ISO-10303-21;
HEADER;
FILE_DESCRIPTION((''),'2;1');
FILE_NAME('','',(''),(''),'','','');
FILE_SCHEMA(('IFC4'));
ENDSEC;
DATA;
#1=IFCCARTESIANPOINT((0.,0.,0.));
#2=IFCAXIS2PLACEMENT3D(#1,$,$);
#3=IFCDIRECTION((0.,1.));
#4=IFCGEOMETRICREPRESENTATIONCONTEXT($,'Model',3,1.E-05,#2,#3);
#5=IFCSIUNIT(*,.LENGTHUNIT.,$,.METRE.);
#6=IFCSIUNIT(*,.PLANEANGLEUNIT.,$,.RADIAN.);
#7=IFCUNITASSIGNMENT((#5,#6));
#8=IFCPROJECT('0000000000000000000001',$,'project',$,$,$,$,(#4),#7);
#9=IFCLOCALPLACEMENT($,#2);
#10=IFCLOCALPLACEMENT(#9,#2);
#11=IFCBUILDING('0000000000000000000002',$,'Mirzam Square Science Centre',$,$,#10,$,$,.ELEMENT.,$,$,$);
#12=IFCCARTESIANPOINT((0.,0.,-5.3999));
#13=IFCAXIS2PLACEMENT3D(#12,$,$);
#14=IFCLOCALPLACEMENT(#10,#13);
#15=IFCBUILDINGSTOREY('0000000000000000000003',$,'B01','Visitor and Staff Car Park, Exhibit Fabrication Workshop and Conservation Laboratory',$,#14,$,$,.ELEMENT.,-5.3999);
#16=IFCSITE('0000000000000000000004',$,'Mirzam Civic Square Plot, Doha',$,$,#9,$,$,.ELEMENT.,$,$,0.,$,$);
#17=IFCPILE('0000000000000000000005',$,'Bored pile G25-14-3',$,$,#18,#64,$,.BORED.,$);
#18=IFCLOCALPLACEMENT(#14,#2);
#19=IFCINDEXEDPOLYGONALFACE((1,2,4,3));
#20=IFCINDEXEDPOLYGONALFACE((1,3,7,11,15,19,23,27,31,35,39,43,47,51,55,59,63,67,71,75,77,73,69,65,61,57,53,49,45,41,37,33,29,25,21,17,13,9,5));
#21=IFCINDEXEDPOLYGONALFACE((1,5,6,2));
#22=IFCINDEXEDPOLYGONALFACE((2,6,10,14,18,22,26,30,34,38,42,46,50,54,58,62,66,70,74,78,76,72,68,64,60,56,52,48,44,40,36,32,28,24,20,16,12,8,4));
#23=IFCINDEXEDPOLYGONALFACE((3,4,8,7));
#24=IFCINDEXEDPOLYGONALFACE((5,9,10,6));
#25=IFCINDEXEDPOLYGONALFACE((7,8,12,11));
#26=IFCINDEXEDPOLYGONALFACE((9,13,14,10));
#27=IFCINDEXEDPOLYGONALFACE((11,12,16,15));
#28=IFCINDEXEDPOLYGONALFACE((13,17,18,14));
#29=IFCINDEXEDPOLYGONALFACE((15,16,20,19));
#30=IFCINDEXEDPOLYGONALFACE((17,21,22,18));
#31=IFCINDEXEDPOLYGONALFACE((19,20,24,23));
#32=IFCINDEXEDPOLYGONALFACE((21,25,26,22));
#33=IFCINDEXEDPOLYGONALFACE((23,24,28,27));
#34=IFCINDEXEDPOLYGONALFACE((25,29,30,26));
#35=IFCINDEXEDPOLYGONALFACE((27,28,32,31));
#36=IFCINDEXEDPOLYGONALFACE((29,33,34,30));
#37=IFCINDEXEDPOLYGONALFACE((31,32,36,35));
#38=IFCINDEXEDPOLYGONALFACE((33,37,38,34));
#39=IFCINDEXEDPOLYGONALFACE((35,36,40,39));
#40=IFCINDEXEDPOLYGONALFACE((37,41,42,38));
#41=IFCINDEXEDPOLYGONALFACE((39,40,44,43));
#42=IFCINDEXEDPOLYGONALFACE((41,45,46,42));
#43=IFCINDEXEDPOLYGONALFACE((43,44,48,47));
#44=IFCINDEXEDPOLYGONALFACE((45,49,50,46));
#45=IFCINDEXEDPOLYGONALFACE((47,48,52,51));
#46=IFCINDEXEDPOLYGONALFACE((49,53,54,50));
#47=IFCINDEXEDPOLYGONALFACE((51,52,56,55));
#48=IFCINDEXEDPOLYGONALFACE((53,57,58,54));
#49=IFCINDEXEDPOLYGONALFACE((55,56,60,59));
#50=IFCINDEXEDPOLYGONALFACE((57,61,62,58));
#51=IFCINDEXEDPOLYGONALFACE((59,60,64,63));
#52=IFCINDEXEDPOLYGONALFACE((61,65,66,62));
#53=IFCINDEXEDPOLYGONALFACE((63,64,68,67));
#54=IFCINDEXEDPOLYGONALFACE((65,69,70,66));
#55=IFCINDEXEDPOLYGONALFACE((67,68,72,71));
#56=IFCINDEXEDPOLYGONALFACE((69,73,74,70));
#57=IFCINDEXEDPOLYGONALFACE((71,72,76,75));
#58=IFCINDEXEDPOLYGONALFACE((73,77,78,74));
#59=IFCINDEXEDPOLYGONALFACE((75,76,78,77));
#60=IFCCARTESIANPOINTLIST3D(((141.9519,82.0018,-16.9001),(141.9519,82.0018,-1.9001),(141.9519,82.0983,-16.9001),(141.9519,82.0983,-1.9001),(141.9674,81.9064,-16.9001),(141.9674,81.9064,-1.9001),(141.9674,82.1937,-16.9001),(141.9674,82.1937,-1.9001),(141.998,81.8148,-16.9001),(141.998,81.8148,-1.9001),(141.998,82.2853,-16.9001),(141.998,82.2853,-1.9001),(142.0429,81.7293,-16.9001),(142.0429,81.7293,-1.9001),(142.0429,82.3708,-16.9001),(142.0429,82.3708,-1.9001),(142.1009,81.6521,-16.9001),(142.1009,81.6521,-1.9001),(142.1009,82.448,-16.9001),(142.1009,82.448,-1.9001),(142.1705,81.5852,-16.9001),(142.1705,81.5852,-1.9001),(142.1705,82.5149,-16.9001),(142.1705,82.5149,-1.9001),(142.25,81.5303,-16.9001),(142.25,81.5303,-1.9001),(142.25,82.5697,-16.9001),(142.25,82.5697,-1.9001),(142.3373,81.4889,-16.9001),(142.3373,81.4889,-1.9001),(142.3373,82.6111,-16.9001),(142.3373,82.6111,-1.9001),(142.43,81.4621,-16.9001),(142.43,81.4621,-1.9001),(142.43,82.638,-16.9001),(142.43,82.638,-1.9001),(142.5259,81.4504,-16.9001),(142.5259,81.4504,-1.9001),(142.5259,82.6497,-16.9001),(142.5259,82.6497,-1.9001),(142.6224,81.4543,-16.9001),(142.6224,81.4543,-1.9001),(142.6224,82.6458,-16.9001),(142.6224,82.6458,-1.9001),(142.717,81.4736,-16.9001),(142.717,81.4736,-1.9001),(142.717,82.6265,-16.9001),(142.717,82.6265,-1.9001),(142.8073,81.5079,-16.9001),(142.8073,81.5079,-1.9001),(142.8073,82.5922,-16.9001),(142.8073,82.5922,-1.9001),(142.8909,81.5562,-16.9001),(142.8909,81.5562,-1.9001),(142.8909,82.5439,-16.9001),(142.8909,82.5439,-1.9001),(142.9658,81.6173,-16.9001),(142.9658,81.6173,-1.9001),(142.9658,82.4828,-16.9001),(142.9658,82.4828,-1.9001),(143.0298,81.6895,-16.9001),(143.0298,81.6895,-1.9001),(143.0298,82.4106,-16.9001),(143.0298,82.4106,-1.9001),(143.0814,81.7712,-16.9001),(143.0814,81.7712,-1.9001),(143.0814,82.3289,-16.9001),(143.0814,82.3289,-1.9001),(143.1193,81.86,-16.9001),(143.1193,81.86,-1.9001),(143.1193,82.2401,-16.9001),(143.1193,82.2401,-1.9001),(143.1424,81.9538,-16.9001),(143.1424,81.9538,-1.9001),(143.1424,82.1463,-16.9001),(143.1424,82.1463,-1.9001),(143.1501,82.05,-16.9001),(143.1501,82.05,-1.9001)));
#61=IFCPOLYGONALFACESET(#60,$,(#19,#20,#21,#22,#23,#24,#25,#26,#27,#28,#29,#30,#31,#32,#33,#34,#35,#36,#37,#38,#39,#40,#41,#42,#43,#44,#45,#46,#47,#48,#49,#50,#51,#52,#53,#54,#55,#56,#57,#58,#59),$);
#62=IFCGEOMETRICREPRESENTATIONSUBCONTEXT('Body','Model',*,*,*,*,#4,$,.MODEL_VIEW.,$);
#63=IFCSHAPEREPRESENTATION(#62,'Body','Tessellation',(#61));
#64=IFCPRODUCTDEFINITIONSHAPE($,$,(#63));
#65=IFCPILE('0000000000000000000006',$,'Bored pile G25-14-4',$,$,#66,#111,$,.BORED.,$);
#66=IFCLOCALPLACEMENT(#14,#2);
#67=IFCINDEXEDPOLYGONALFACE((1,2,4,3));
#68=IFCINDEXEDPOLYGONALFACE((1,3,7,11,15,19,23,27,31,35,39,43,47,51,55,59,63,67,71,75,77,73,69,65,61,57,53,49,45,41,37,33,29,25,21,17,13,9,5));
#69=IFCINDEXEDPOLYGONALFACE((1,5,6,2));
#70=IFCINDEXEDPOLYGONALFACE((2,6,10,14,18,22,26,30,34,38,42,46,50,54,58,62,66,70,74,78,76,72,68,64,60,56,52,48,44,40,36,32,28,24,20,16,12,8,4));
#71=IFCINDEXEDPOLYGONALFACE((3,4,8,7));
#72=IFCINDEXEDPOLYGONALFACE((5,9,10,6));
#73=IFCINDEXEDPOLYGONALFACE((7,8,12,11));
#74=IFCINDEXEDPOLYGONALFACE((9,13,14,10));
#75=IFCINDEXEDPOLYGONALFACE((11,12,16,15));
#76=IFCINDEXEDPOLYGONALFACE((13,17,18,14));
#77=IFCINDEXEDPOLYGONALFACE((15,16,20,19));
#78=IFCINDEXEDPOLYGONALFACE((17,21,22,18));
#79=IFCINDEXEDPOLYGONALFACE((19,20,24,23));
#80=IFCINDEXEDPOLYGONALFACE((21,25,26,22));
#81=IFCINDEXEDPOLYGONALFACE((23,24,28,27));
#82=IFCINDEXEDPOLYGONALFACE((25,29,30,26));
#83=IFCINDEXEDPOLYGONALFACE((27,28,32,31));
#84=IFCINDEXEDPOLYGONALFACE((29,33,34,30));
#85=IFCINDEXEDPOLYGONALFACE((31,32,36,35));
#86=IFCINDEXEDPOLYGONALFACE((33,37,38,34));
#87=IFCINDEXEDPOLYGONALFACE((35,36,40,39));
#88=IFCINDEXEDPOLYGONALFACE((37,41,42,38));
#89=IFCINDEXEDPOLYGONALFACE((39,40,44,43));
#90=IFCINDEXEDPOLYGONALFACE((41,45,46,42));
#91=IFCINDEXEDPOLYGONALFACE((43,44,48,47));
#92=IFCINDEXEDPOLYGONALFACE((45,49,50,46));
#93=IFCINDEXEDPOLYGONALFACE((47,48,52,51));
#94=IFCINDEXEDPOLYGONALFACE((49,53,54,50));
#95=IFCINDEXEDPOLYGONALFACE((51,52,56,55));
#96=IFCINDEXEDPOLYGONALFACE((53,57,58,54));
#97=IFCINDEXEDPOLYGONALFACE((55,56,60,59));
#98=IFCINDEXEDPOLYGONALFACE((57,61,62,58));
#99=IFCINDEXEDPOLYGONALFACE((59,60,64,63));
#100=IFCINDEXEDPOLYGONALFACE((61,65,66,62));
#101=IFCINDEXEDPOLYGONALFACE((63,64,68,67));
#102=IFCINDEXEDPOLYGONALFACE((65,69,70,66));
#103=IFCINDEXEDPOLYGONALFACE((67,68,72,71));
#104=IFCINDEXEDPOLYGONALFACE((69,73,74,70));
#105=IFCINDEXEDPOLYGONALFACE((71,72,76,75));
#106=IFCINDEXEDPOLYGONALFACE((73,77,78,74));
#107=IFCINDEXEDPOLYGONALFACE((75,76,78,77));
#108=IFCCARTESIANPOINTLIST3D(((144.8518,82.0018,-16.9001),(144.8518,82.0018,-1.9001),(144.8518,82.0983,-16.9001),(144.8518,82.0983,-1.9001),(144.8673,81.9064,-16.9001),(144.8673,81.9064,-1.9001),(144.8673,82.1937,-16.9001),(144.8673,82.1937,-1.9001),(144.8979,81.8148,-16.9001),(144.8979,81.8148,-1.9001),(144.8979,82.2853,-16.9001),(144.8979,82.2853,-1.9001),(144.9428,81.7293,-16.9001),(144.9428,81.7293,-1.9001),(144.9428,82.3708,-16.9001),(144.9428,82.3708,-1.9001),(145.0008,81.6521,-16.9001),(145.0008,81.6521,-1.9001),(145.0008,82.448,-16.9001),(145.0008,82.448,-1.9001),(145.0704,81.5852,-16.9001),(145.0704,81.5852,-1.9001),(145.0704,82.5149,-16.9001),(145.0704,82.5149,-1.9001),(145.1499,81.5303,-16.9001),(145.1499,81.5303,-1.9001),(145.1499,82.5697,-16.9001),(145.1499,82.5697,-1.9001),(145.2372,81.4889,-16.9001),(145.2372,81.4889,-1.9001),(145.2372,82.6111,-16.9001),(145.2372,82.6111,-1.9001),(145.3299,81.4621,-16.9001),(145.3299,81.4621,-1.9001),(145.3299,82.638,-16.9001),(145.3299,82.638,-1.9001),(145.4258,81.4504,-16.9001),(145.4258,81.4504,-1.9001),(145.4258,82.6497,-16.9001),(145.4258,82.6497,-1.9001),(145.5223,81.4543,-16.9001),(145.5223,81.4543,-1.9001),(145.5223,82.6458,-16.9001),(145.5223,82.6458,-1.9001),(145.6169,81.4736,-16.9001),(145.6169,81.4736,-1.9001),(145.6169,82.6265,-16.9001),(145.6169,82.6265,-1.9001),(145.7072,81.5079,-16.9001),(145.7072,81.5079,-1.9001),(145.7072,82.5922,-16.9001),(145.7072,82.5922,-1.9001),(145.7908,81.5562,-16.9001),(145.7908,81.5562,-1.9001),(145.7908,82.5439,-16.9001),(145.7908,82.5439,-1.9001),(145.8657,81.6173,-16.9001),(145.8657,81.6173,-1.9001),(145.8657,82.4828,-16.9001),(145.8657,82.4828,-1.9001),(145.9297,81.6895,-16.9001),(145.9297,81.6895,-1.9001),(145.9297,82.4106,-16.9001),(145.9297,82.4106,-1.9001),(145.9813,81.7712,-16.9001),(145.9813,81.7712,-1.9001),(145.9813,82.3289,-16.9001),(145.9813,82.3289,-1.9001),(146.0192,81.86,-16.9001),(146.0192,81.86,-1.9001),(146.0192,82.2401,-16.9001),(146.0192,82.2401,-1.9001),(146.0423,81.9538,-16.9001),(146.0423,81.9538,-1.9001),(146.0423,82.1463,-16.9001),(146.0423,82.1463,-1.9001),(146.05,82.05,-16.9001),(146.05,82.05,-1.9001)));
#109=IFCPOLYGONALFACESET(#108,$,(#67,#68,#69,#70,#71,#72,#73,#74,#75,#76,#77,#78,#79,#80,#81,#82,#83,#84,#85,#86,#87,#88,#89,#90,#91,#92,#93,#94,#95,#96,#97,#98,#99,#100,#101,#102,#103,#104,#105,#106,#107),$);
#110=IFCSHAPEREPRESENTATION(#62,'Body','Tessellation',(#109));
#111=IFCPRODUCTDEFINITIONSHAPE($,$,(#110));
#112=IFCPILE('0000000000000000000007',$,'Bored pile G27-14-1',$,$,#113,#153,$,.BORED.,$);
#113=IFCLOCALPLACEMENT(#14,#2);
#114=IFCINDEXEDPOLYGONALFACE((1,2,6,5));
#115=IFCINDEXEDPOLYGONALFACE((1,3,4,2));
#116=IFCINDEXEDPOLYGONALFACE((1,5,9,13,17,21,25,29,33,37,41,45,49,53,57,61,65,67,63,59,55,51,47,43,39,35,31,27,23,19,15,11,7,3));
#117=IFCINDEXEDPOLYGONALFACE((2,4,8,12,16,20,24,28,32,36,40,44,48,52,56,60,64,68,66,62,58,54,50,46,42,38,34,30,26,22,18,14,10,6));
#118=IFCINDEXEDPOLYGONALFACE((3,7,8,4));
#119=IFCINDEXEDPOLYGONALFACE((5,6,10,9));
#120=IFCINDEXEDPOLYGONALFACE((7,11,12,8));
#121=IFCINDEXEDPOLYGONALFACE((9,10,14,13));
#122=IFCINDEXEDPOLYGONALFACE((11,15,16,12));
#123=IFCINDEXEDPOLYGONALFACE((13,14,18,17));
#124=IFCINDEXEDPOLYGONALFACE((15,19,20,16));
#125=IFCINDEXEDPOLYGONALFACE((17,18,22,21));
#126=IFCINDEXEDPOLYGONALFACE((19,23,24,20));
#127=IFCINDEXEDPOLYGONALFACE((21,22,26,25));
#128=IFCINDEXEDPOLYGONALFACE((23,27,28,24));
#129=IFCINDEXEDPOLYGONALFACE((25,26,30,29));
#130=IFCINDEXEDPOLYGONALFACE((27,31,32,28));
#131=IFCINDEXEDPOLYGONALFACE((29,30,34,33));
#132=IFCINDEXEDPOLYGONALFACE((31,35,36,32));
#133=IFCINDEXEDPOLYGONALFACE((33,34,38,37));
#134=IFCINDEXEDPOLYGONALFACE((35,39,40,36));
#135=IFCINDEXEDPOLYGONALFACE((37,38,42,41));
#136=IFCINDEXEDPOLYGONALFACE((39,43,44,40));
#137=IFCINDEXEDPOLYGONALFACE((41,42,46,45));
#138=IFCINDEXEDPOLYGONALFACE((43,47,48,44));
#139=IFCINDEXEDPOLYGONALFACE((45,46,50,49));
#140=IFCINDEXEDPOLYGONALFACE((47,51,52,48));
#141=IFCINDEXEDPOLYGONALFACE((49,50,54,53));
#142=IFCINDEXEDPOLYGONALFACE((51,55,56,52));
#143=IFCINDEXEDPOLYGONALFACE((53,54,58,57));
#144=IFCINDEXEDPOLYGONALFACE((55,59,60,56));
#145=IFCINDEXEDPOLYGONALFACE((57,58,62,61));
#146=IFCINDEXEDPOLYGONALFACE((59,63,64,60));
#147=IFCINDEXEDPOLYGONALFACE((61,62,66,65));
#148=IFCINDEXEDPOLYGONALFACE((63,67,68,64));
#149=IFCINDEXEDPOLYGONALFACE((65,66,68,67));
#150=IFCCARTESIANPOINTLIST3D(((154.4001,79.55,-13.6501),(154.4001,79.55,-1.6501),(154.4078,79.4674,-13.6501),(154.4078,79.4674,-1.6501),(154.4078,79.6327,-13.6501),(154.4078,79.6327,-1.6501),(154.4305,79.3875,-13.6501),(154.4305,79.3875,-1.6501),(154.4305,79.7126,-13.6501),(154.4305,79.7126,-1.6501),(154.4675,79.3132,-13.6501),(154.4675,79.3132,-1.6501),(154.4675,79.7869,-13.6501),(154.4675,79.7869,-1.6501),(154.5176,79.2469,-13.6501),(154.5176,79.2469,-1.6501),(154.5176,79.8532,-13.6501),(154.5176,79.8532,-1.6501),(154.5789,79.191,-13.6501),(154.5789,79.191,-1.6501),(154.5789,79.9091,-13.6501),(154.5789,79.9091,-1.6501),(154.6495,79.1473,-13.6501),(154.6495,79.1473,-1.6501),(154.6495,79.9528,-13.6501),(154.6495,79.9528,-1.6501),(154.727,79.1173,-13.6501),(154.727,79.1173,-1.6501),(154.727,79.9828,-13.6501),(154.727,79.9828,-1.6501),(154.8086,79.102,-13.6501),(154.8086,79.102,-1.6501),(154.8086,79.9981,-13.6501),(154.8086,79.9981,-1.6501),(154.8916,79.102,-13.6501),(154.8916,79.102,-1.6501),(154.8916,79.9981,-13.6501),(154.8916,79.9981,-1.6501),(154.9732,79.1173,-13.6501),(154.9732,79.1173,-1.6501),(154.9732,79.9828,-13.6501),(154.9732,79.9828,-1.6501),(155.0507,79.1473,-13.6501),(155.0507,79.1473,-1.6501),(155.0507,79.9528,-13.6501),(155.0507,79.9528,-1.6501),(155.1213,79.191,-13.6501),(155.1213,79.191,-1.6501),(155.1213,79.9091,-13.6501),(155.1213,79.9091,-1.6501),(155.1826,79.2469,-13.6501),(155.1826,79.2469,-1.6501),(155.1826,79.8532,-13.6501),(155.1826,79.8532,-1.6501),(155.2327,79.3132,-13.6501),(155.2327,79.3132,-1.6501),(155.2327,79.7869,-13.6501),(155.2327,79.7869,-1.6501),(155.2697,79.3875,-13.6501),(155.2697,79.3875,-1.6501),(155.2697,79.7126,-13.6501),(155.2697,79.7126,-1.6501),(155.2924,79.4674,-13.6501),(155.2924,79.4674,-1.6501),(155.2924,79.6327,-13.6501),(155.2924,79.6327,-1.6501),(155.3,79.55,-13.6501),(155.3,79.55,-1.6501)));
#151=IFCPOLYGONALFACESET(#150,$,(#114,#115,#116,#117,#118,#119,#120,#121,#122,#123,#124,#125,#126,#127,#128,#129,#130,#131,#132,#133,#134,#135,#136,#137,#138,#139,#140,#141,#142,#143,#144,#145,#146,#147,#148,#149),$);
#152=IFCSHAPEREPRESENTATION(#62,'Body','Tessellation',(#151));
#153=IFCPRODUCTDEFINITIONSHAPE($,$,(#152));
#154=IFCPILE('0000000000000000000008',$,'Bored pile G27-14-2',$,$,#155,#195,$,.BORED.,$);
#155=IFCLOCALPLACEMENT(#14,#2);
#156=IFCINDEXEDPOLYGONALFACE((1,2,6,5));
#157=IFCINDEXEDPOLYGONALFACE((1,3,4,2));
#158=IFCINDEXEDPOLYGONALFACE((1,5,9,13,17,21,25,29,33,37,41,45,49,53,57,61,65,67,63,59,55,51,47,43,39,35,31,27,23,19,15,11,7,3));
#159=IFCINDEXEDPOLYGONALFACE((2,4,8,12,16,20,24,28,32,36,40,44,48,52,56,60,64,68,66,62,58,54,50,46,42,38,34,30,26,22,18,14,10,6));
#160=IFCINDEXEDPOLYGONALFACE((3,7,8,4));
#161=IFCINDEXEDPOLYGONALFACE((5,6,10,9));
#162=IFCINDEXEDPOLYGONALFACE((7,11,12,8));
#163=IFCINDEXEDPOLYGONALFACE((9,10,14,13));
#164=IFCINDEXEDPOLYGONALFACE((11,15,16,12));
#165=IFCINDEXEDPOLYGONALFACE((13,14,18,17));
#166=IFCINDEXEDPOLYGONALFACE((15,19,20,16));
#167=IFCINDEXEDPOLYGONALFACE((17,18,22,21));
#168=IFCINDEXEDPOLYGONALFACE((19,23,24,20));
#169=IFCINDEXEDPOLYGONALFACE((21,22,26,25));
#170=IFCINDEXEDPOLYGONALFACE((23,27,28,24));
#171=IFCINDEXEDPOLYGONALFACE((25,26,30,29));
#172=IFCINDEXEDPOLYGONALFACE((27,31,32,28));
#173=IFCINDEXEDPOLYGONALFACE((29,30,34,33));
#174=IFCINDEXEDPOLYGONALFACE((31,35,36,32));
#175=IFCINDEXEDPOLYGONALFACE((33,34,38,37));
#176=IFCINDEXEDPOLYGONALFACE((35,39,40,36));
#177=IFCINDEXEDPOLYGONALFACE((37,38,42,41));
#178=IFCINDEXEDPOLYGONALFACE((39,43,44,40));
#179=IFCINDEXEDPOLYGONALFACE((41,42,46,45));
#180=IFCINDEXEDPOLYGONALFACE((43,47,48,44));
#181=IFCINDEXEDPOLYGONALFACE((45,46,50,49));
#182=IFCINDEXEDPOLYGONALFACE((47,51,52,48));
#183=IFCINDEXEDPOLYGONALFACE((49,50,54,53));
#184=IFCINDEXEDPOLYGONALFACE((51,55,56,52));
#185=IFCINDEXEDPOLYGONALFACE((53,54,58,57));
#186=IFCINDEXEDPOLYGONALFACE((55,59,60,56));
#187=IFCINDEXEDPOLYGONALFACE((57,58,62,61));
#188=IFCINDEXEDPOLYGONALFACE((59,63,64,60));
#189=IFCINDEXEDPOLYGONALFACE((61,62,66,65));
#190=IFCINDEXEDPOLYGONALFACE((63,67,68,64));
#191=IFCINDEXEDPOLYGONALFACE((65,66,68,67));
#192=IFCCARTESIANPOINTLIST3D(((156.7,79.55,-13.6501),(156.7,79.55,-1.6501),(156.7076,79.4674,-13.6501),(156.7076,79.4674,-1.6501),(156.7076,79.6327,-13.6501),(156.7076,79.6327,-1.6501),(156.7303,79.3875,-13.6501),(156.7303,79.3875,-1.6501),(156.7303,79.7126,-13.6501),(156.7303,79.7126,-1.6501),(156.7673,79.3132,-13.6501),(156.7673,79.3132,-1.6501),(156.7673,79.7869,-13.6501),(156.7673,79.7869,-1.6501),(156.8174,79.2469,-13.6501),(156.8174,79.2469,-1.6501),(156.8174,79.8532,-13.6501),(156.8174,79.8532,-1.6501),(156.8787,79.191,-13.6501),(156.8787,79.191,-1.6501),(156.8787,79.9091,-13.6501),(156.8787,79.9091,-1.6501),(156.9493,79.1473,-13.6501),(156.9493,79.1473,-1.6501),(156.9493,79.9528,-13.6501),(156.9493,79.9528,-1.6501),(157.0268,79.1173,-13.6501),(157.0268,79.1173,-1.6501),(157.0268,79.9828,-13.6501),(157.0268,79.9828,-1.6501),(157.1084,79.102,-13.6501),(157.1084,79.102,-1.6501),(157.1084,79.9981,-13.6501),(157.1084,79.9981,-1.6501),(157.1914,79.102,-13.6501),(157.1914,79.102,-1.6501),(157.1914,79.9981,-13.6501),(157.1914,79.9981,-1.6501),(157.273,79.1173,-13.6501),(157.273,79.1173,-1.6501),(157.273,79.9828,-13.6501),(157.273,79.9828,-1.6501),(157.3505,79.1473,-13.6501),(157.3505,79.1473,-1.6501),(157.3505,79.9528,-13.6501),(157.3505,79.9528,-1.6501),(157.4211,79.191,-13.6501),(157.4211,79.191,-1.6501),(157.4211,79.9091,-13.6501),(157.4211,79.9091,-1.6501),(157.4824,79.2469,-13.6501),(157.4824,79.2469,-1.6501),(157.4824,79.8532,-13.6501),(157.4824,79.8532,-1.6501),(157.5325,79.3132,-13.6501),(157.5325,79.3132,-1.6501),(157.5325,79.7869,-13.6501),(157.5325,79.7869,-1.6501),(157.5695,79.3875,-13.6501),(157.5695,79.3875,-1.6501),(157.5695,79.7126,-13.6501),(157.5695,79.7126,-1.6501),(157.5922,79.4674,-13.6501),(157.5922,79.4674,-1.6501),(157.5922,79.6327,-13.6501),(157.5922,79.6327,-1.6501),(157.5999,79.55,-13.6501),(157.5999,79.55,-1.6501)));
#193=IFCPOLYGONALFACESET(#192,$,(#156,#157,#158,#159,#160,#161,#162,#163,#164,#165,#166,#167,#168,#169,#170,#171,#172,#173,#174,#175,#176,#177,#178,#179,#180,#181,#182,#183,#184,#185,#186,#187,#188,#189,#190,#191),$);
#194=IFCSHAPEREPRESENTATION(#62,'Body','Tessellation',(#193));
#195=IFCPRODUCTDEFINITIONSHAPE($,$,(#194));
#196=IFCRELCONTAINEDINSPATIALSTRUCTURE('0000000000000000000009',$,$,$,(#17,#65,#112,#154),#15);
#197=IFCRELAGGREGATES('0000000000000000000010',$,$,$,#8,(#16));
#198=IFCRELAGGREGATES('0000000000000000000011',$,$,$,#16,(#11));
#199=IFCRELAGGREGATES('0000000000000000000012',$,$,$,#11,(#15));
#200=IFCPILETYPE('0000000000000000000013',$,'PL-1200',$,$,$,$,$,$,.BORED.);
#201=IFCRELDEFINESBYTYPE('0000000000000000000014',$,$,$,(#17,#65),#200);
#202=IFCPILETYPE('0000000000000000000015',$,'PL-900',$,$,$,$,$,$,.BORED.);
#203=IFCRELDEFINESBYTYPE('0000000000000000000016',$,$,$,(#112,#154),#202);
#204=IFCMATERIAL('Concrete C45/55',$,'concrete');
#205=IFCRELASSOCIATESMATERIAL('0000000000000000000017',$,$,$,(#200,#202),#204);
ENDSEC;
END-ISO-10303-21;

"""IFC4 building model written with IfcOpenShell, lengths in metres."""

from ifc_helpers import new_model, si_unit, direction, frame, origin, origin_2d, place, context, subcontext, project, spatial, circle, extrude, material, material_profile, profile_set, type_object, element, save


model = new_model("IFC4")

# Units and contexts
model_context = context("Model", 3, precision=1e-05, world=origin(), true_north=direction((0.0, 1.0)))
body_context = subcontext(model_context, "Body", "Model", "MODEL_VIEW")
ifc_project = project(units=[si_unit("LENGTHUNIT", "METRE"), si_unit("PLANEANGLEUNIT", "RADIAN")], contexts=[model_context])

# Site, building, storey
site_placement = place(None, origin())
site = spatial("IfcSite", under=ifc_project, at=site_placement, Name="Mirzam Civic Square Plot, Doha", CompositionType="ELEMENT", RefElevation=0.0)
building_placement = place(site_placement, origin())
building = spatial("IfcBuilding", under=site, at=building_placement, Name="Mirzam Square Science Centre", CompositionType="ELEMENT")
storey_placement = place(building_placement, frame((0.0, 0.0, -5.3999)))
storey = spatial("IfcBuildingStorey", under=building, at=storey_placement, Name="B01", Description="Visitor and Staff Car Park, Exhibit Fabrication Workshop and Conservation Laboratory", CompositionType="ELEMENT", Elevation=-5.3999)

# Shared definitions
ifc_material_1 = material(Name="Concrete C45/55", Category="concrete")

# Piles
ifc_material_profile_1 = material_profile(ifc_material_1, circle(Radius=0.6001, at=origin_2d()), Name="PILE-D1200")
ifc_profile_set_1 = profile_set([ifc_material_profile_1], Name="Concrete C45/55")
pile_type_1 = type_object("IfcPileType", Name="PL-1200", PredefinedType="BORED", material=ifc_profile_set_1)
for number, where, z_axis, x_axis, name in (
    (1, (142.55, 82.05, -1.9001), (0.0, 0.0, -1.0), (1.0, 0.0, 0.0), "Bored pile G25-14-3"),
    (2, (145.45, 82.05, -1.9001), (0.0, 0.0, -1.0), (1.0, 0.0, 0.0), "Bored pile G25-14-4"),
):
    element("IfcPile", number, at=place(storey_placement, frame(where, z_axis=z_axis, x_axis=x_axis)), inside=storey, type_object=pile_type_1, Name=name, PredefinedType="BORED", context=body_context, shape_type="SweptSolid", body=[
        extrude(circle(Radius=0.6001, at=origin_2d()), origin(), (0.0, 0.0, 1.0), 15.0),
    ])
ifc_material_profile_2 = material_profile(ifc_material_1, circle(Radius=0.45, at=origin_2d()), Name="PILE-D900")
ifc_profile_set_2 = profile_set([ifc_material_profile_2], Name="Concrete C45/55")
pile_type_2 = type_object("IfcPileType", Name="PL-900", PredefinedType="BORED", material=ifc_profile_set_2)
for number, where, z_axis, x_axis, name in (
    (3, (154.8501, 79.55, -1.6501), (0.0, 0.0, -1.0), (1.0, 0.0, 0.0), "Bored pile G27-14-1"),
    (4, (157.1499, 79.55, -1.6501), (0.0, 0.0, -1.0), (1.0, 0.0, 0.0), "Bored pile G27-14-2"),
):
    element("IfcPile", number, at=place(storey_placement, frame(where, z_axis=z_axis, x_axis=x_axis)), inside=storey, type_object=pile_type_2, Name=name, PredefinedType="BORED", context=body_context, shape_type="SweptSolid", body=[
        extrude(circle(Radius=0.45, at=origin_2d()), origin(), (0.0, 0.0, 1.0), 12.0),
    ])

save(model, "model.ifc")
